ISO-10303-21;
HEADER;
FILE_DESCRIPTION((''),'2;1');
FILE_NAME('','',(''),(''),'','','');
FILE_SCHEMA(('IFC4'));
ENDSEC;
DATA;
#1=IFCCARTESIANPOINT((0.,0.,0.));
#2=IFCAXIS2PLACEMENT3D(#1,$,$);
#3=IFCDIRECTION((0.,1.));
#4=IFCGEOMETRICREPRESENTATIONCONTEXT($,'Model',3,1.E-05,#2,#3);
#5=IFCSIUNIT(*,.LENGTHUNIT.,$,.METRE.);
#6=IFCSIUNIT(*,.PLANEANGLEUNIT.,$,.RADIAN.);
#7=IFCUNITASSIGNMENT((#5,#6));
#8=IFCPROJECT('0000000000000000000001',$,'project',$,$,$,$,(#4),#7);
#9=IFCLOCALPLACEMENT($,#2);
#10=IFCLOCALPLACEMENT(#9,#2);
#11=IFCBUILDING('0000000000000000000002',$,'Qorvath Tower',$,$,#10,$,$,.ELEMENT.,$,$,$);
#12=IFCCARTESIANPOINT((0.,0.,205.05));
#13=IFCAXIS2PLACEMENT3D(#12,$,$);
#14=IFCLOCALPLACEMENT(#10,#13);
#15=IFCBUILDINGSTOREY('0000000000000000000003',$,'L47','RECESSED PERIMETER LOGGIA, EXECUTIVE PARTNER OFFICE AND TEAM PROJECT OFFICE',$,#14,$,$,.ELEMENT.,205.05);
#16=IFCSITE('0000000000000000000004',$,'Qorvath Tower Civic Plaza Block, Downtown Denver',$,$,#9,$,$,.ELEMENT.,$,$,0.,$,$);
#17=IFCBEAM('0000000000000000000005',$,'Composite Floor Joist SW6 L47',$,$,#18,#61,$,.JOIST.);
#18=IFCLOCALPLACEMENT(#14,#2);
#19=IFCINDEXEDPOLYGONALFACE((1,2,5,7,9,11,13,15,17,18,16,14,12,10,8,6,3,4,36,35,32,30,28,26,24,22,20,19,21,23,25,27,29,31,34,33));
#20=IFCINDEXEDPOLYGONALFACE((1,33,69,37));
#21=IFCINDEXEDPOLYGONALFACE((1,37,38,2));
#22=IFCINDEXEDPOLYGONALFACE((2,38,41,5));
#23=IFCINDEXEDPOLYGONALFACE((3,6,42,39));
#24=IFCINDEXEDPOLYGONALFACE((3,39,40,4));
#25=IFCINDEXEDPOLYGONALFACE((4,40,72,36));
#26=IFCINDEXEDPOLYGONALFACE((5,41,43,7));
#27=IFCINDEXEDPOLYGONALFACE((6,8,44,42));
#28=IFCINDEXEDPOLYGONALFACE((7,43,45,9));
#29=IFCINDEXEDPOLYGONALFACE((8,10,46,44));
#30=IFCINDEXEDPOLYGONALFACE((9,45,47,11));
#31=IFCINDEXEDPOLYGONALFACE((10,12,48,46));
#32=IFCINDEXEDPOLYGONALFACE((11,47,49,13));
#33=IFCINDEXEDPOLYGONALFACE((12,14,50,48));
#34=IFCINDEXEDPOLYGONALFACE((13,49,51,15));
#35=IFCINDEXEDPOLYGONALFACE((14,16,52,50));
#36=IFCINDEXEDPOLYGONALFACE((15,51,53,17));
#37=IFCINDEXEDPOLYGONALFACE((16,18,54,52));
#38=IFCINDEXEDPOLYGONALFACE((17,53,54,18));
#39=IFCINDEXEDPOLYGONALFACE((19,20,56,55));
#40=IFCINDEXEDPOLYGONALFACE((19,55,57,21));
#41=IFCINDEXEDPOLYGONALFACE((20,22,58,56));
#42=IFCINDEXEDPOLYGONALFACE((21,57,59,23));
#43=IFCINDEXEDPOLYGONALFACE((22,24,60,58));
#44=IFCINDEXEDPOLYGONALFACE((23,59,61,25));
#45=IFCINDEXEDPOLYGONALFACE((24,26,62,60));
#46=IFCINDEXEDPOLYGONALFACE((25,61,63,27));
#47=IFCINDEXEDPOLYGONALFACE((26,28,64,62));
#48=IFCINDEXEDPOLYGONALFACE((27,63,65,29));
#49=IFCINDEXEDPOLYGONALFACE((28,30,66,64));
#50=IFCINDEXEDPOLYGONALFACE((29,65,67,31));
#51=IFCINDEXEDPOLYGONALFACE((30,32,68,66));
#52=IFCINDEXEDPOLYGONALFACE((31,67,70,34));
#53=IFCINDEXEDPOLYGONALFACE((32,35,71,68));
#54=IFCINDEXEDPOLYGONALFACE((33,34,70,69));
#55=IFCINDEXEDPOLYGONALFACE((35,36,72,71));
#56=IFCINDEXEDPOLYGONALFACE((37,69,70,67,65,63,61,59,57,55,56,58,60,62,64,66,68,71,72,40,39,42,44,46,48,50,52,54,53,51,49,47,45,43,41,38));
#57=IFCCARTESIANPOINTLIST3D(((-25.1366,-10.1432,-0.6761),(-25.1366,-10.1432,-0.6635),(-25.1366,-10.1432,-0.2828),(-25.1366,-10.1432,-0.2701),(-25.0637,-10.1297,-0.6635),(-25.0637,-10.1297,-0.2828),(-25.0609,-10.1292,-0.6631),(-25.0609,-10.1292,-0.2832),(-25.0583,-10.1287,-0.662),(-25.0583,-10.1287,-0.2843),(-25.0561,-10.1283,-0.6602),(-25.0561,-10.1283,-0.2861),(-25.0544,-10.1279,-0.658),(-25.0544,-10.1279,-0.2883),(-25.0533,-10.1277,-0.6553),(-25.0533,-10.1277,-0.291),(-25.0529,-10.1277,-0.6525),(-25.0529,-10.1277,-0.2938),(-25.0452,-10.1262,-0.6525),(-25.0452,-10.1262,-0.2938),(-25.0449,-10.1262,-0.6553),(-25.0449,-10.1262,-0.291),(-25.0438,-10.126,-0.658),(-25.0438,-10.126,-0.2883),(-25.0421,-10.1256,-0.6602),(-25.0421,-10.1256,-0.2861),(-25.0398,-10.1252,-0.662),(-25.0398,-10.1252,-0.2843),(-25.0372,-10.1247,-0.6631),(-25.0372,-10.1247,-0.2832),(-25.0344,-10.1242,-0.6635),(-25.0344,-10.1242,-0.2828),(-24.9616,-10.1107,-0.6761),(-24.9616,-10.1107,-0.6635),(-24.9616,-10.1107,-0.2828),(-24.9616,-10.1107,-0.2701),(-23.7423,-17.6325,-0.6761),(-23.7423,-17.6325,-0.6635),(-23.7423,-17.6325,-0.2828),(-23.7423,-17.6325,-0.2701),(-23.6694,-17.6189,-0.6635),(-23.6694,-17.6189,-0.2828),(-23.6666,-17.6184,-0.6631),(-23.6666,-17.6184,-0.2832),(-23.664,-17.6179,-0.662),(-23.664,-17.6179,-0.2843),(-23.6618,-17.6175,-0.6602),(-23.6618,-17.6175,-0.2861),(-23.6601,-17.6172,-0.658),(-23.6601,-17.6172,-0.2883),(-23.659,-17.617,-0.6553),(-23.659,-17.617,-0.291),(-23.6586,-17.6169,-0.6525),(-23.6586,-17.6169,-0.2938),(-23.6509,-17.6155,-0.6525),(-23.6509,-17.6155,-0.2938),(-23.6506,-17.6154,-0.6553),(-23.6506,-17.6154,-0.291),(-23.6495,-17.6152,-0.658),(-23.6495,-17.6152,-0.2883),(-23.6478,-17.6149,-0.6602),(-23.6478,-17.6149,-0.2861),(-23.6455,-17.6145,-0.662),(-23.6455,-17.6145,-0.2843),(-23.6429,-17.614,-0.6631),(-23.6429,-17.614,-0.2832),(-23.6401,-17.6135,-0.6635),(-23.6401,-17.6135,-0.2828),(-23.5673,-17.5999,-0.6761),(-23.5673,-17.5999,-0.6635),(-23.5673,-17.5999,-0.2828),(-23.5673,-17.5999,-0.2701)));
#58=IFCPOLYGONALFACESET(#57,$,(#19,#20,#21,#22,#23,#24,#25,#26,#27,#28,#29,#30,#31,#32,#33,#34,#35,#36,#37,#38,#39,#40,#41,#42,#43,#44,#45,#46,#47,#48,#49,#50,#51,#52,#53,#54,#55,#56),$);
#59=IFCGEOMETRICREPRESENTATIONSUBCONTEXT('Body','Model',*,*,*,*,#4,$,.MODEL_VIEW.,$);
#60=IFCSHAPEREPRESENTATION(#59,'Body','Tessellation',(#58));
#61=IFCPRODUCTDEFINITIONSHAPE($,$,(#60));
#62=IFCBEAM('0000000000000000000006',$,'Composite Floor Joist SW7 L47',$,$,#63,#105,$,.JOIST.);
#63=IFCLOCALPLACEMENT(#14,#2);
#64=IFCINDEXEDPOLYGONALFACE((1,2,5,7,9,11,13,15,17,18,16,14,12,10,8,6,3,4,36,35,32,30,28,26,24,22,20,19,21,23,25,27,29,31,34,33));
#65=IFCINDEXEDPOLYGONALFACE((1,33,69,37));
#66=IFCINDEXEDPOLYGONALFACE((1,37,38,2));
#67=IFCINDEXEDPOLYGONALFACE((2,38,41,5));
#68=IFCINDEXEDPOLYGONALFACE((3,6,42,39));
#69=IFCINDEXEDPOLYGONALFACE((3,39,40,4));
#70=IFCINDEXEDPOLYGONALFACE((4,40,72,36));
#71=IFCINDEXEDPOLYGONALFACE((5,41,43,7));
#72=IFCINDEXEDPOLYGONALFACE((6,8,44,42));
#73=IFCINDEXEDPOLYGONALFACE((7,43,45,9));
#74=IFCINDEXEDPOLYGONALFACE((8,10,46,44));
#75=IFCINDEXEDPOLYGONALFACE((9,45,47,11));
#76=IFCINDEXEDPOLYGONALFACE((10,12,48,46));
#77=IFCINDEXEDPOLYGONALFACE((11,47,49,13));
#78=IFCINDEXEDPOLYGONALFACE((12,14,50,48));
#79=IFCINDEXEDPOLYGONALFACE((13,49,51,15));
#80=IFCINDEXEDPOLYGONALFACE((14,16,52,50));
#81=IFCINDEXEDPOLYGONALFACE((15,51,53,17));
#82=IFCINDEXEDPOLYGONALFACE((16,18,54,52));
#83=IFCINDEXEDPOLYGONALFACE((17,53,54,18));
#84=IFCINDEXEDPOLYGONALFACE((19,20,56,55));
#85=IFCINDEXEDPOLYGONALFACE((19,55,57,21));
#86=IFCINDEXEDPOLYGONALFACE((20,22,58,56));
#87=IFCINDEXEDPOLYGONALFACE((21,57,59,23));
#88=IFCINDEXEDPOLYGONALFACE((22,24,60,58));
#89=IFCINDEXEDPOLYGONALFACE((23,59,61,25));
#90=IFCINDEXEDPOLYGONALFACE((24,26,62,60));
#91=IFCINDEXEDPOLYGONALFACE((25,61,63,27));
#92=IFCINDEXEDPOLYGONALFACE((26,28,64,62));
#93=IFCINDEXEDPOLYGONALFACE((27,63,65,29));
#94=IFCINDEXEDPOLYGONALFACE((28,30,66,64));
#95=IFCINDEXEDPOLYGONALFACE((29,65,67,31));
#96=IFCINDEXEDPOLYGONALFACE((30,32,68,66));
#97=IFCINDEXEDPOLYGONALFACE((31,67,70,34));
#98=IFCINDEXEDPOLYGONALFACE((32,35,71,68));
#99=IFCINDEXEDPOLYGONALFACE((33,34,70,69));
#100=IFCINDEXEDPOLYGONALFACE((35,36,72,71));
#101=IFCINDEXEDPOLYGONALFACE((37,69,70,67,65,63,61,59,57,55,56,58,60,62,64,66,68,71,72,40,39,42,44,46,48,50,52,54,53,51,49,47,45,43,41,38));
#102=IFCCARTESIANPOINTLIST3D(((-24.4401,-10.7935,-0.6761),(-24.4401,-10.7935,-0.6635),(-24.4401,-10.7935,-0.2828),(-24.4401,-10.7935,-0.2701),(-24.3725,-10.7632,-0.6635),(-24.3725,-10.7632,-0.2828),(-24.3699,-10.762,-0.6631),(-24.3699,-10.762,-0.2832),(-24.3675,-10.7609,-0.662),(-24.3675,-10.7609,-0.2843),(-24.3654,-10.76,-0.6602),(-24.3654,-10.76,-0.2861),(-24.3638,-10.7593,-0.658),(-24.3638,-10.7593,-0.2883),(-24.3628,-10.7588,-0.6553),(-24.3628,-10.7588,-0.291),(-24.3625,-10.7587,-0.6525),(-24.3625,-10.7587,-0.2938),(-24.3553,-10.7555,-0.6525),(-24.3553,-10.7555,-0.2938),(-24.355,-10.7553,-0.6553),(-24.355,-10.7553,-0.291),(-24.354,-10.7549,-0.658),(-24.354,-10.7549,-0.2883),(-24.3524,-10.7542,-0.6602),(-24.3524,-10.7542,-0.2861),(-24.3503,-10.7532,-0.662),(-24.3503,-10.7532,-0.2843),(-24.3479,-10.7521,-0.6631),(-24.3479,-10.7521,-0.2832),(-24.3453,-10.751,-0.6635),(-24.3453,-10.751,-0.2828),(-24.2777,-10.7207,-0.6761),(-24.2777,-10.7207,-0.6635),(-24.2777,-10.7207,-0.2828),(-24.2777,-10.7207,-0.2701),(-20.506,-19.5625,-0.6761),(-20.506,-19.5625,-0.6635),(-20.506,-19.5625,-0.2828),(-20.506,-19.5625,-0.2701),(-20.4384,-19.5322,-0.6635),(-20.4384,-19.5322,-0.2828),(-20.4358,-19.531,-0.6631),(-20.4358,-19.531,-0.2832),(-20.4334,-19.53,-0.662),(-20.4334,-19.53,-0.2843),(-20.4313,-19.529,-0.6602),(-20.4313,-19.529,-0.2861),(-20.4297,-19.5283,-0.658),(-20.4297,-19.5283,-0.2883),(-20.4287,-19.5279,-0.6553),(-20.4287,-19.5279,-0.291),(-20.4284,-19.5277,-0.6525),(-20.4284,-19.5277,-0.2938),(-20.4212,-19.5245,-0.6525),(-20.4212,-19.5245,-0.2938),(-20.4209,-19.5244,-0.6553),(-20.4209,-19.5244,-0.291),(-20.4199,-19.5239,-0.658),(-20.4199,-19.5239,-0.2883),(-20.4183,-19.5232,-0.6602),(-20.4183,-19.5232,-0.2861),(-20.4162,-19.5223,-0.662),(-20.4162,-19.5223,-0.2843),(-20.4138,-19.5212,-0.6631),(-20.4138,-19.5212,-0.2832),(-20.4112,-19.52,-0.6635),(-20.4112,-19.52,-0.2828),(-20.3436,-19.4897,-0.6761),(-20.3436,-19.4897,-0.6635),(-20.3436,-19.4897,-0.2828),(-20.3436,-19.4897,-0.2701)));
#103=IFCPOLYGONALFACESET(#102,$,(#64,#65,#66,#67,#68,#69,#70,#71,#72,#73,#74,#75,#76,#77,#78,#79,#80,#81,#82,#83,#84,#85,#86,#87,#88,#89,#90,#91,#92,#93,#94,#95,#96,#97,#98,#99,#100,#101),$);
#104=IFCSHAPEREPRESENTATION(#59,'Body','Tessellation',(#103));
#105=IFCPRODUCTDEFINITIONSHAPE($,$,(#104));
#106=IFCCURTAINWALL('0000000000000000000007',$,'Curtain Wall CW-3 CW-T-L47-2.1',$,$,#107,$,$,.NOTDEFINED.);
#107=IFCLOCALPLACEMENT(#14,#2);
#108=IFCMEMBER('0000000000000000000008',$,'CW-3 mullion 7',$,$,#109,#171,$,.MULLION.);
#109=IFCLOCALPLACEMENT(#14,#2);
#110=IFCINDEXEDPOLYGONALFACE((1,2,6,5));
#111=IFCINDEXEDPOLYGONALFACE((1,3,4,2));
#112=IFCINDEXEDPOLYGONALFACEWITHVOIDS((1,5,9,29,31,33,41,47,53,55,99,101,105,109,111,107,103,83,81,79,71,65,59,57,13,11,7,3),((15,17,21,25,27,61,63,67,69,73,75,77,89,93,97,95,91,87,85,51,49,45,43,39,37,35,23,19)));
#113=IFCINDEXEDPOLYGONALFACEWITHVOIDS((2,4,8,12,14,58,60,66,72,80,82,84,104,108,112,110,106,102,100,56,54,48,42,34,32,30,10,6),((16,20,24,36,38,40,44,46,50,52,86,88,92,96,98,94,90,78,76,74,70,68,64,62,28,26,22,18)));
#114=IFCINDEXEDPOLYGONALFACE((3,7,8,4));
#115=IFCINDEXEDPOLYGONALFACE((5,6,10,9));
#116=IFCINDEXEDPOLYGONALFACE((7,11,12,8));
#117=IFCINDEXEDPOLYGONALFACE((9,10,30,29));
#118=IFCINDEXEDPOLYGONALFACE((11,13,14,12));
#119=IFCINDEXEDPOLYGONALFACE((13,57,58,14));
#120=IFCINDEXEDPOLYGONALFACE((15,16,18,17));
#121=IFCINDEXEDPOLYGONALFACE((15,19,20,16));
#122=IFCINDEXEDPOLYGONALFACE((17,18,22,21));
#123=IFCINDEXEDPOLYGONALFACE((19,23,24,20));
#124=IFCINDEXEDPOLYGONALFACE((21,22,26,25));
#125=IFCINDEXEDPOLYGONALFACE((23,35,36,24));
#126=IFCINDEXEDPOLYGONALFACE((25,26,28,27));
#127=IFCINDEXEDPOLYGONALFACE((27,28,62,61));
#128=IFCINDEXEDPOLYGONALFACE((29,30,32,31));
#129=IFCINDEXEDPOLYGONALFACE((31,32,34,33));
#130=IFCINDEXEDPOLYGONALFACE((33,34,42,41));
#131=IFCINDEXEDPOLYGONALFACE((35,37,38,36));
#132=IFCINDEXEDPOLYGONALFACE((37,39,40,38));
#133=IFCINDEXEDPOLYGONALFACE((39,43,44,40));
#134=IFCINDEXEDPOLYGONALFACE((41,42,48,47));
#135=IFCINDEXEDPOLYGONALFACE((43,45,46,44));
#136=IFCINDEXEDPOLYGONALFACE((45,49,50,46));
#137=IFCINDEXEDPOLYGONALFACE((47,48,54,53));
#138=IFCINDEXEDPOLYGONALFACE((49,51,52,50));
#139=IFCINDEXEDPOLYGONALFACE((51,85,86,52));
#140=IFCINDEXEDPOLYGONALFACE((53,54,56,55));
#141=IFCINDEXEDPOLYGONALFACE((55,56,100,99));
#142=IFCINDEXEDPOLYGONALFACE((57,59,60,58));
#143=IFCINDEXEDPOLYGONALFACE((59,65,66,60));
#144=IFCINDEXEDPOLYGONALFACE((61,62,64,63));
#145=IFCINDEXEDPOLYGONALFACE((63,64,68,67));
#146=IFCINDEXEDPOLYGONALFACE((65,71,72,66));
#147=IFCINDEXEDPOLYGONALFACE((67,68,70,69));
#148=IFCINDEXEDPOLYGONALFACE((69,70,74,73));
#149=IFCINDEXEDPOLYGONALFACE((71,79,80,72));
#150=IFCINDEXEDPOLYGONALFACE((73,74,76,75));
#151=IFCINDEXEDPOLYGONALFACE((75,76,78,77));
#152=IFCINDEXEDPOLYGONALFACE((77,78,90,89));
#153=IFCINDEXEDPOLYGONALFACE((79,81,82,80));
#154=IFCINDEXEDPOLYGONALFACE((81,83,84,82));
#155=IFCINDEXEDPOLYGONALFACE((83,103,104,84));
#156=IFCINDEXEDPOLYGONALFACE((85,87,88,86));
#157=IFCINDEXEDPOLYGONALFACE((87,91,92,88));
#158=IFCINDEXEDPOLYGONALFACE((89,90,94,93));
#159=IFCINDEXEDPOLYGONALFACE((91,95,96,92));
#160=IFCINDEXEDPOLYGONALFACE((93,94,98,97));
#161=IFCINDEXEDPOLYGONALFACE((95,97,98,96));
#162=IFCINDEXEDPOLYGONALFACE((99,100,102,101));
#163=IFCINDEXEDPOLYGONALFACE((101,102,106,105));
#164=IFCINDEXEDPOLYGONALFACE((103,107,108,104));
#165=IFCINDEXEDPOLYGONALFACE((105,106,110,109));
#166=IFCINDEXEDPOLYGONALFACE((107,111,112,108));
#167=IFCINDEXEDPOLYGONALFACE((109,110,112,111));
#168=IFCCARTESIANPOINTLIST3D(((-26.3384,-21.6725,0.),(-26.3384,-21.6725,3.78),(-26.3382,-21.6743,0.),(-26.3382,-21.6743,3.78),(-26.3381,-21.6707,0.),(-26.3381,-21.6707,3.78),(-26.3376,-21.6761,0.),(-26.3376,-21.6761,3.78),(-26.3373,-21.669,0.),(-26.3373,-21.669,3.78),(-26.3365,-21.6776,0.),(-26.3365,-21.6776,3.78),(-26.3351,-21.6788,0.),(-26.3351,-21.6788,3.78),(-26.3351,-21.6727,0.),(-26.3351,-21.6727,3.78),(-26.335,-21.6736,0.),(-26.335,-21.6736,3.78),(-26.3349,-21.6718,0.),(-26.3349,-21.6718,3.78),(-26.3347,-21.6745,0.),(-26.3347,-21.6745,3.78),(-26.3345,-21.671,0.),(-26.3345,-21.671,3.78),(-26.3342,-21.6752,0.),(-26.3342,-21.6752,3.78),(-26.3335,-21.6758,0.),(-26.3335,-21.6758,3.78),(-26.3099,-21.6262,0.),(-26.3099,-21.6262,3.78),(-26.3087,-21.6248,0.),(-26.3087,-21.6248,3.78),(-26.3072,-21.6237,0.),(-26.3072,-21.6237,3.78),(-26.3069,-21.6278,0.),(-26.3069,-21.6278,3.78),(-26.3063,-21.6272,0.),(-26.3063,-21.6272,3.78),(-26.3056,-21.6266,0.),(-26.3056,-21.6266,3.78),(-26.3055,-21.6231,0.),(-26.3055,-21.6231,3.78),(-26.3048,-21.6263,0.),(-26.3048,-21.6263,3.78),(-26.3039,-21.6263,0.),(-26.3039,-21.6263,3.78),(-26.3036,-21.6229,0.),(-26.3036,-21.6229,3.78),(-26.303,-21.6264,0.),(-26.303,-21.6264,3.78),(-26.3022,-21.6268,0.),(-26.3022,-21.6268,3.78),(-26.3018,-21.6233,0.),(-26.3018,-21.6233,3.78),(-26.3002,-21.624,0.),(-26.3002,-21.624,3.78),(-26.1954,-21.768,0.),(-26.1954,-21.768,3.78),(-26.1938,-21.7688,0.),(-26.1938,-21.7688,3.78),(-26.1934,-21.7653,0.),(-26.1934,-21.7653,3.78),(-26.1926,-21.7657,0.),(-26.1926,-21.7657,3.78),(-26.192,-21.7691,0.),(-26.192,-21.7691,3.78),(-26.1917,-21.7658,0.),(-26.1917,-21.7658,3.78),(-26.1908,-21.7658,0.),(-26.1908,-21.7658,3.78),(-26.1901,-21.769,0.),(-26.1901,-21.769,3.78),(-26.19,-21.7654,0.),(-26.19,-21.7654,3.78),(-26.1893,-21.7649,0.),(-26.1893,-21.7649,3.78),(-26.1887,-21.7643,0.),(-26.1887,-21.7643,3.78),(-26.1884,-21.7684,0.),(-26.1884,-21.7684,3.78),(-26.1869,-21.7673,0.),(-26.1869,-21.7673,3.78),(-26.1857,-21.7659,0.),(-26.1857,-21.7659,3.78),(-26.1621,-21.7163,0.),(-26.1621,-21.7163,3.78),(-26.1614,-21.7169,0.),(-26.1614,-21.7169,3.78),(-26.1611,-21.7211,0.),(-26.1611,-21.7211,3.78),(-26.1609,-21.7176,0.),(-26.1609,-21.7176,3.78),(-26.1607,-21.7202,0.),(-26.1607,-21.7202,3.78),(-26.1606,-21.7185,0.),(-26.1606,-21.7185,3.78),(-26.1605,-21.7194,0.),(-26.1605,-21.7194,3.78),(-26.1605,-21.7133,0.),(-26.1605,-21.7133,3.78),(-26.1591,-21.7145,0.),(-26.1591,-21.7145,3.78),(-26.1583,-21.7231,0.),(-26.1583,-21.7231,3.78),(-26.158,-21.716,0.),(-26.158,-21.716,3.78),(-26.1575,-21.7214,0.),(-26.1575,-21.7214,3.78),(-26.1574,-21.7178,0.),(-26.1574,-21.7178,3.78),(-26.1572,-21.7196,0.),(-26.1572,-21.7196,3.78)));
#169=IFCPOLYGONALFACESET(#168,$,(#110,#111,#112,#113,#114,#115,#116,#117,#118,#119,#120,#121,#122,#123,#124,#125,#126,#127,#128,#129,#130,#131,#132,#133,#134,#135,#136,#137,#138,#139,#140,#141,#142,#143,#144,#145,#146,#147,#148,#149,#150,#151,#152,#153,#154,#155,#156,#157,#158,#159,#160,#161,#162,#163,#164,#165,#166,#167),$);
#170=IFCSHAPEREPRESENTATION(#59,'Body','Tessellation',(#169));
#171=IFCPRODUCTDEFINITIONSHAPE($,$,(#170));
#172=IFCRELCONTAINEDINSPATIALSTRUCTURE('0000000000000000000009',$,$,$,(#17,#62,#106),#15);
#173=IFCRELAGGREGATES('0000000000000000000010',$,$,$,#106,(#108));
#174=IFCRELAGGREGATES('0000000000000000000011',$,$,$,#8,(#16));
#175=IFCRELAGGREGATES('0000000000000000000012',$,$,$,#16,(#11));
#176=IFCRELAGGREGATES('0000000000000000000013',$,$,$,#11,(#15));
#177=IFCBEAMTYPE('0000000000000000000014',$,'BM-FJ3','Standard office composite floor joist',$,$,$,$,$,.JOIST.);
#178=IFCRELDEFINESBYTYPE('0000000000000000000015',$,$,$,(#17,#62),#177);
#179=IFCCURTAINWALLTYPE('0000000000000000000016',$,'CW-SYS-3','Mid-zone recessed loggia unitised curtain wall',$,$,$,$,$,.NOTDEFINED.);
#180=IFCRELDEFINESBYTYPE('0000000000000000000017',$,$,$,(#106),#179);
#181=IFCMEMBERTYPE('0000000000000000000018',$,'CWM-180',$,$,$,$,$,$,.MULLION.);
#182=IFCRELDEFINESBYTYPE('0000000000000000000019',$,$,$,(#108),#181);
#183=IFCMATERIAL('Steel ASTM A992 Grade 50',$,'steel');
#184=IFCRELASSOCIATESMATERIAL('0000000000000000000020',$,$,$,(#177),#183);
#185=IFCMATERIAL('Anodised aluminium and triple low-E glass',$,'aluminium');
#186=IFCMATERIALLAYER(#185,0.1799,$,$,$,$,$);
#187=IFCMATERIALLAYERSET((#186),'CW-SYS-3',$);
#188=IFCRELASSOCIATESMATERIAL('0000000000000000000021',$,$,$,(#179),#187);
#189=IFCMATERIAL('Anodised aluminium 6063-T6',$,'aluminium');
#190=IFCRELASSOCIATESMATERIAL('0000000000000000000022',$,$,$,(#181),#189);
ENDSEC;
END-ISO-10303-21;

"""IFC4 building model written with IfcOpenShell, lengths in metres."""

from ifc_helpers import new_model, si_unit, direction, frame, origin, origin_2d, place, context, subcontext, project, spatial, hollow_rectangle, i_section, extrude, material, layer, layer_set, material_profile, profile_set, type_object, element, aggregate, save


model = new_model("IFC4")

# Units and contexts
model_context = context("Model", 3, precision=1e-05, world=origin(), true_north=direction((0.0, 1.0)))
body_context = subcontext(model_context, "Body", "Model", "MODEL_VIEW")
ifc_project = project(units=[si_unit("LENGTHUNIT", "METRE"), si_unit("PLANEANGLEUNIT", "RADIAN")], contexts=[model_context])

# Site, building, storey
site_placement = place(None, origin())
site = spatial("IfcSite", under=ifc_project, at=site_placement, Name="Qorvath Tower Civic Plaza Block, Downtown Denver", CompositionType="ELEMENT", RefElevation=0.0)
building_placement = place(site_placement, origin())
building = spatial("IfcBuilding", under=site, at=building_placement, Name="Qorvath Tower", CompositionType="ELEMENT")
storey_placement = place(building_placement, frame((0.0, 0.0, 205.05)))
storey = spatial("IfcBuildingStorey", under=building, at=storey_placement, Name="L47", Description="RECESSED PERIMETER LOGGIA, EXECUTIVE PARTNER OFFICE AND TEAM PROJECT OFFICE", CompositionType="ELEMENT", Elevation=205.05)

# Beams
ifc_material_1 = material(Name="Steel ASTM A992 Grade 50", Category="steel")
ifc_material_profile_1 = material_profile(ifc_material_1, i_section(OverallWidth=0.178, OverallDepth=0.406, WebThickness=0.0078, FlangeThickness=0.0127, FilletRadius=0.011, at=origin_2d()), Name="W16x40")
ifc_profile_set_1 = profile_set([ifc_material_profile_1], Name="Steel ASTM A992 Grade 50")
beam_type_1 = type_object("IfcBeamType", Name="BM-FJ3", Description="Standard office composite floor joist", PredefinedType="JOIST", material=ifc_profile_set_1)
beam_1_placement = place(storey_placement, frame((-25.0491, -10.127, -0.4731), z_axis=(0.183027, -0.983108, 0.0), x_axis=(0.983108, 0.183027, 0.0)))
element("IfcBeam", 1, at=beam_1_placement, inside=storey, type_object=beam_type_1, Name="Composite Floor Joist SW6 L47", PredefinedType="JOIST", context=body_context, shape_type="SweptSolid", body=[
    extrude(i_section(OverallWidth=0.178, OverallDepth=0.406, WebThickness=0.0078, FlangeThickness=0.0127, FilletRadius=0.011, at=origin_2d()), origin(), (0.0, 0.0, 1.0), 7.6179),
])
beam_2_placement = place(storey_placement, frame((-24.3589, -10.7571, -0.4731), z_axis=(0.409327, -0.912388, 0.0), x_axis=(0.912388, 0.409327, 0.0)))
element("IfcBeam", 2, at=beam_2_placement, inside=storey, type_object=beam_type_1, Name="Composite Floor Joist SW7 L47", PredefinedType="JOIST", context=body_context, shape_type="SweptSolid", body=[
    extrude(i_section(OverallWidth=0.178, OverallDepth=0.406, WebThickness=0.0078, FlangeThickness=0.0127, FilletRadius=0.011, at=origin_2d()), origin(), (0.0, 0.0, 1.0), 9.6111),
])

# Curtain wall, member
ifc_material_2 = material(Name="Anodised aluminium and triple low-E glass", Category="aluminium")
ifc_layer_1 = layer(ifc_material_2, 0.1799)
ifc_layer_set_1 = layer_set([ifc_layer_1], Name="CW-SYS-3")
curtain_wall_type = type_object("IfcCurtainWallType", Name="CW-SYS-3", Description="Mid-zone recessed loggia unitised curtain wall", PredefinedType="NOTDEFINED", material=ifc_layer_set_1)
curtain_wall_placement = place(storey_placement, origin())
curtain_wall = element("IfcCurtainWall", 3, at=curtain_wall_placement, inside=storey, type_object=curtain_wall_type, Name="Curtain Wall CW-3 CW-T-L47-2.1", PredefinedType="NOTDEFINED")
ifc_material_3 = material(Name="Anodised aluminium 6063-T6", Category="aluminium")
ifc_material_profile_2 = material_profile(ifc_material_3, hollow_rectangle(XDim=0.0649, YDim=0.1799, WallThickness=0.0034, InnerFilletRadius=0.0034, OuterFilletRadius=0.0071, at=origin_2d()), Name="CWM 180x65")
ifc_profile_set_2 = profile_set([ifc_material_profile_2], Name="Anodised aluminium 6063-T6")
member_type_1 = type_object("IfcMemberType", Name="CWM-180", PredefinedType="MULLION", material=ifc_profile_set_2)
member_1_placement = place(storey_placement, frame((-26.2478, -21.696, 0.0), z_axis=(0.0, 0.0, 1.0), x_axis=(0.538534, 0.842604, 0.0)))
member_1 = element("IfcMember", 4, at=member_1_placement, type_object=member_type_1, Name="CW-3 mullion 7", PredefinedType="MULLION", context=body_context, shape_type="SweptSolid", body=[
    extrude(hollow_rectangle(XDim=0.0649, YDim=0.1799, WallThickness=0.0034, InnerFilletRadius=0.0034, OuterFilletRadius=0.0071, at=origin_2d()), origin(), (0.0, 0.0, 1.0), 3.78),
])
aggregate(curtain_wall, [member_1])

save(model, "model.ifc")
